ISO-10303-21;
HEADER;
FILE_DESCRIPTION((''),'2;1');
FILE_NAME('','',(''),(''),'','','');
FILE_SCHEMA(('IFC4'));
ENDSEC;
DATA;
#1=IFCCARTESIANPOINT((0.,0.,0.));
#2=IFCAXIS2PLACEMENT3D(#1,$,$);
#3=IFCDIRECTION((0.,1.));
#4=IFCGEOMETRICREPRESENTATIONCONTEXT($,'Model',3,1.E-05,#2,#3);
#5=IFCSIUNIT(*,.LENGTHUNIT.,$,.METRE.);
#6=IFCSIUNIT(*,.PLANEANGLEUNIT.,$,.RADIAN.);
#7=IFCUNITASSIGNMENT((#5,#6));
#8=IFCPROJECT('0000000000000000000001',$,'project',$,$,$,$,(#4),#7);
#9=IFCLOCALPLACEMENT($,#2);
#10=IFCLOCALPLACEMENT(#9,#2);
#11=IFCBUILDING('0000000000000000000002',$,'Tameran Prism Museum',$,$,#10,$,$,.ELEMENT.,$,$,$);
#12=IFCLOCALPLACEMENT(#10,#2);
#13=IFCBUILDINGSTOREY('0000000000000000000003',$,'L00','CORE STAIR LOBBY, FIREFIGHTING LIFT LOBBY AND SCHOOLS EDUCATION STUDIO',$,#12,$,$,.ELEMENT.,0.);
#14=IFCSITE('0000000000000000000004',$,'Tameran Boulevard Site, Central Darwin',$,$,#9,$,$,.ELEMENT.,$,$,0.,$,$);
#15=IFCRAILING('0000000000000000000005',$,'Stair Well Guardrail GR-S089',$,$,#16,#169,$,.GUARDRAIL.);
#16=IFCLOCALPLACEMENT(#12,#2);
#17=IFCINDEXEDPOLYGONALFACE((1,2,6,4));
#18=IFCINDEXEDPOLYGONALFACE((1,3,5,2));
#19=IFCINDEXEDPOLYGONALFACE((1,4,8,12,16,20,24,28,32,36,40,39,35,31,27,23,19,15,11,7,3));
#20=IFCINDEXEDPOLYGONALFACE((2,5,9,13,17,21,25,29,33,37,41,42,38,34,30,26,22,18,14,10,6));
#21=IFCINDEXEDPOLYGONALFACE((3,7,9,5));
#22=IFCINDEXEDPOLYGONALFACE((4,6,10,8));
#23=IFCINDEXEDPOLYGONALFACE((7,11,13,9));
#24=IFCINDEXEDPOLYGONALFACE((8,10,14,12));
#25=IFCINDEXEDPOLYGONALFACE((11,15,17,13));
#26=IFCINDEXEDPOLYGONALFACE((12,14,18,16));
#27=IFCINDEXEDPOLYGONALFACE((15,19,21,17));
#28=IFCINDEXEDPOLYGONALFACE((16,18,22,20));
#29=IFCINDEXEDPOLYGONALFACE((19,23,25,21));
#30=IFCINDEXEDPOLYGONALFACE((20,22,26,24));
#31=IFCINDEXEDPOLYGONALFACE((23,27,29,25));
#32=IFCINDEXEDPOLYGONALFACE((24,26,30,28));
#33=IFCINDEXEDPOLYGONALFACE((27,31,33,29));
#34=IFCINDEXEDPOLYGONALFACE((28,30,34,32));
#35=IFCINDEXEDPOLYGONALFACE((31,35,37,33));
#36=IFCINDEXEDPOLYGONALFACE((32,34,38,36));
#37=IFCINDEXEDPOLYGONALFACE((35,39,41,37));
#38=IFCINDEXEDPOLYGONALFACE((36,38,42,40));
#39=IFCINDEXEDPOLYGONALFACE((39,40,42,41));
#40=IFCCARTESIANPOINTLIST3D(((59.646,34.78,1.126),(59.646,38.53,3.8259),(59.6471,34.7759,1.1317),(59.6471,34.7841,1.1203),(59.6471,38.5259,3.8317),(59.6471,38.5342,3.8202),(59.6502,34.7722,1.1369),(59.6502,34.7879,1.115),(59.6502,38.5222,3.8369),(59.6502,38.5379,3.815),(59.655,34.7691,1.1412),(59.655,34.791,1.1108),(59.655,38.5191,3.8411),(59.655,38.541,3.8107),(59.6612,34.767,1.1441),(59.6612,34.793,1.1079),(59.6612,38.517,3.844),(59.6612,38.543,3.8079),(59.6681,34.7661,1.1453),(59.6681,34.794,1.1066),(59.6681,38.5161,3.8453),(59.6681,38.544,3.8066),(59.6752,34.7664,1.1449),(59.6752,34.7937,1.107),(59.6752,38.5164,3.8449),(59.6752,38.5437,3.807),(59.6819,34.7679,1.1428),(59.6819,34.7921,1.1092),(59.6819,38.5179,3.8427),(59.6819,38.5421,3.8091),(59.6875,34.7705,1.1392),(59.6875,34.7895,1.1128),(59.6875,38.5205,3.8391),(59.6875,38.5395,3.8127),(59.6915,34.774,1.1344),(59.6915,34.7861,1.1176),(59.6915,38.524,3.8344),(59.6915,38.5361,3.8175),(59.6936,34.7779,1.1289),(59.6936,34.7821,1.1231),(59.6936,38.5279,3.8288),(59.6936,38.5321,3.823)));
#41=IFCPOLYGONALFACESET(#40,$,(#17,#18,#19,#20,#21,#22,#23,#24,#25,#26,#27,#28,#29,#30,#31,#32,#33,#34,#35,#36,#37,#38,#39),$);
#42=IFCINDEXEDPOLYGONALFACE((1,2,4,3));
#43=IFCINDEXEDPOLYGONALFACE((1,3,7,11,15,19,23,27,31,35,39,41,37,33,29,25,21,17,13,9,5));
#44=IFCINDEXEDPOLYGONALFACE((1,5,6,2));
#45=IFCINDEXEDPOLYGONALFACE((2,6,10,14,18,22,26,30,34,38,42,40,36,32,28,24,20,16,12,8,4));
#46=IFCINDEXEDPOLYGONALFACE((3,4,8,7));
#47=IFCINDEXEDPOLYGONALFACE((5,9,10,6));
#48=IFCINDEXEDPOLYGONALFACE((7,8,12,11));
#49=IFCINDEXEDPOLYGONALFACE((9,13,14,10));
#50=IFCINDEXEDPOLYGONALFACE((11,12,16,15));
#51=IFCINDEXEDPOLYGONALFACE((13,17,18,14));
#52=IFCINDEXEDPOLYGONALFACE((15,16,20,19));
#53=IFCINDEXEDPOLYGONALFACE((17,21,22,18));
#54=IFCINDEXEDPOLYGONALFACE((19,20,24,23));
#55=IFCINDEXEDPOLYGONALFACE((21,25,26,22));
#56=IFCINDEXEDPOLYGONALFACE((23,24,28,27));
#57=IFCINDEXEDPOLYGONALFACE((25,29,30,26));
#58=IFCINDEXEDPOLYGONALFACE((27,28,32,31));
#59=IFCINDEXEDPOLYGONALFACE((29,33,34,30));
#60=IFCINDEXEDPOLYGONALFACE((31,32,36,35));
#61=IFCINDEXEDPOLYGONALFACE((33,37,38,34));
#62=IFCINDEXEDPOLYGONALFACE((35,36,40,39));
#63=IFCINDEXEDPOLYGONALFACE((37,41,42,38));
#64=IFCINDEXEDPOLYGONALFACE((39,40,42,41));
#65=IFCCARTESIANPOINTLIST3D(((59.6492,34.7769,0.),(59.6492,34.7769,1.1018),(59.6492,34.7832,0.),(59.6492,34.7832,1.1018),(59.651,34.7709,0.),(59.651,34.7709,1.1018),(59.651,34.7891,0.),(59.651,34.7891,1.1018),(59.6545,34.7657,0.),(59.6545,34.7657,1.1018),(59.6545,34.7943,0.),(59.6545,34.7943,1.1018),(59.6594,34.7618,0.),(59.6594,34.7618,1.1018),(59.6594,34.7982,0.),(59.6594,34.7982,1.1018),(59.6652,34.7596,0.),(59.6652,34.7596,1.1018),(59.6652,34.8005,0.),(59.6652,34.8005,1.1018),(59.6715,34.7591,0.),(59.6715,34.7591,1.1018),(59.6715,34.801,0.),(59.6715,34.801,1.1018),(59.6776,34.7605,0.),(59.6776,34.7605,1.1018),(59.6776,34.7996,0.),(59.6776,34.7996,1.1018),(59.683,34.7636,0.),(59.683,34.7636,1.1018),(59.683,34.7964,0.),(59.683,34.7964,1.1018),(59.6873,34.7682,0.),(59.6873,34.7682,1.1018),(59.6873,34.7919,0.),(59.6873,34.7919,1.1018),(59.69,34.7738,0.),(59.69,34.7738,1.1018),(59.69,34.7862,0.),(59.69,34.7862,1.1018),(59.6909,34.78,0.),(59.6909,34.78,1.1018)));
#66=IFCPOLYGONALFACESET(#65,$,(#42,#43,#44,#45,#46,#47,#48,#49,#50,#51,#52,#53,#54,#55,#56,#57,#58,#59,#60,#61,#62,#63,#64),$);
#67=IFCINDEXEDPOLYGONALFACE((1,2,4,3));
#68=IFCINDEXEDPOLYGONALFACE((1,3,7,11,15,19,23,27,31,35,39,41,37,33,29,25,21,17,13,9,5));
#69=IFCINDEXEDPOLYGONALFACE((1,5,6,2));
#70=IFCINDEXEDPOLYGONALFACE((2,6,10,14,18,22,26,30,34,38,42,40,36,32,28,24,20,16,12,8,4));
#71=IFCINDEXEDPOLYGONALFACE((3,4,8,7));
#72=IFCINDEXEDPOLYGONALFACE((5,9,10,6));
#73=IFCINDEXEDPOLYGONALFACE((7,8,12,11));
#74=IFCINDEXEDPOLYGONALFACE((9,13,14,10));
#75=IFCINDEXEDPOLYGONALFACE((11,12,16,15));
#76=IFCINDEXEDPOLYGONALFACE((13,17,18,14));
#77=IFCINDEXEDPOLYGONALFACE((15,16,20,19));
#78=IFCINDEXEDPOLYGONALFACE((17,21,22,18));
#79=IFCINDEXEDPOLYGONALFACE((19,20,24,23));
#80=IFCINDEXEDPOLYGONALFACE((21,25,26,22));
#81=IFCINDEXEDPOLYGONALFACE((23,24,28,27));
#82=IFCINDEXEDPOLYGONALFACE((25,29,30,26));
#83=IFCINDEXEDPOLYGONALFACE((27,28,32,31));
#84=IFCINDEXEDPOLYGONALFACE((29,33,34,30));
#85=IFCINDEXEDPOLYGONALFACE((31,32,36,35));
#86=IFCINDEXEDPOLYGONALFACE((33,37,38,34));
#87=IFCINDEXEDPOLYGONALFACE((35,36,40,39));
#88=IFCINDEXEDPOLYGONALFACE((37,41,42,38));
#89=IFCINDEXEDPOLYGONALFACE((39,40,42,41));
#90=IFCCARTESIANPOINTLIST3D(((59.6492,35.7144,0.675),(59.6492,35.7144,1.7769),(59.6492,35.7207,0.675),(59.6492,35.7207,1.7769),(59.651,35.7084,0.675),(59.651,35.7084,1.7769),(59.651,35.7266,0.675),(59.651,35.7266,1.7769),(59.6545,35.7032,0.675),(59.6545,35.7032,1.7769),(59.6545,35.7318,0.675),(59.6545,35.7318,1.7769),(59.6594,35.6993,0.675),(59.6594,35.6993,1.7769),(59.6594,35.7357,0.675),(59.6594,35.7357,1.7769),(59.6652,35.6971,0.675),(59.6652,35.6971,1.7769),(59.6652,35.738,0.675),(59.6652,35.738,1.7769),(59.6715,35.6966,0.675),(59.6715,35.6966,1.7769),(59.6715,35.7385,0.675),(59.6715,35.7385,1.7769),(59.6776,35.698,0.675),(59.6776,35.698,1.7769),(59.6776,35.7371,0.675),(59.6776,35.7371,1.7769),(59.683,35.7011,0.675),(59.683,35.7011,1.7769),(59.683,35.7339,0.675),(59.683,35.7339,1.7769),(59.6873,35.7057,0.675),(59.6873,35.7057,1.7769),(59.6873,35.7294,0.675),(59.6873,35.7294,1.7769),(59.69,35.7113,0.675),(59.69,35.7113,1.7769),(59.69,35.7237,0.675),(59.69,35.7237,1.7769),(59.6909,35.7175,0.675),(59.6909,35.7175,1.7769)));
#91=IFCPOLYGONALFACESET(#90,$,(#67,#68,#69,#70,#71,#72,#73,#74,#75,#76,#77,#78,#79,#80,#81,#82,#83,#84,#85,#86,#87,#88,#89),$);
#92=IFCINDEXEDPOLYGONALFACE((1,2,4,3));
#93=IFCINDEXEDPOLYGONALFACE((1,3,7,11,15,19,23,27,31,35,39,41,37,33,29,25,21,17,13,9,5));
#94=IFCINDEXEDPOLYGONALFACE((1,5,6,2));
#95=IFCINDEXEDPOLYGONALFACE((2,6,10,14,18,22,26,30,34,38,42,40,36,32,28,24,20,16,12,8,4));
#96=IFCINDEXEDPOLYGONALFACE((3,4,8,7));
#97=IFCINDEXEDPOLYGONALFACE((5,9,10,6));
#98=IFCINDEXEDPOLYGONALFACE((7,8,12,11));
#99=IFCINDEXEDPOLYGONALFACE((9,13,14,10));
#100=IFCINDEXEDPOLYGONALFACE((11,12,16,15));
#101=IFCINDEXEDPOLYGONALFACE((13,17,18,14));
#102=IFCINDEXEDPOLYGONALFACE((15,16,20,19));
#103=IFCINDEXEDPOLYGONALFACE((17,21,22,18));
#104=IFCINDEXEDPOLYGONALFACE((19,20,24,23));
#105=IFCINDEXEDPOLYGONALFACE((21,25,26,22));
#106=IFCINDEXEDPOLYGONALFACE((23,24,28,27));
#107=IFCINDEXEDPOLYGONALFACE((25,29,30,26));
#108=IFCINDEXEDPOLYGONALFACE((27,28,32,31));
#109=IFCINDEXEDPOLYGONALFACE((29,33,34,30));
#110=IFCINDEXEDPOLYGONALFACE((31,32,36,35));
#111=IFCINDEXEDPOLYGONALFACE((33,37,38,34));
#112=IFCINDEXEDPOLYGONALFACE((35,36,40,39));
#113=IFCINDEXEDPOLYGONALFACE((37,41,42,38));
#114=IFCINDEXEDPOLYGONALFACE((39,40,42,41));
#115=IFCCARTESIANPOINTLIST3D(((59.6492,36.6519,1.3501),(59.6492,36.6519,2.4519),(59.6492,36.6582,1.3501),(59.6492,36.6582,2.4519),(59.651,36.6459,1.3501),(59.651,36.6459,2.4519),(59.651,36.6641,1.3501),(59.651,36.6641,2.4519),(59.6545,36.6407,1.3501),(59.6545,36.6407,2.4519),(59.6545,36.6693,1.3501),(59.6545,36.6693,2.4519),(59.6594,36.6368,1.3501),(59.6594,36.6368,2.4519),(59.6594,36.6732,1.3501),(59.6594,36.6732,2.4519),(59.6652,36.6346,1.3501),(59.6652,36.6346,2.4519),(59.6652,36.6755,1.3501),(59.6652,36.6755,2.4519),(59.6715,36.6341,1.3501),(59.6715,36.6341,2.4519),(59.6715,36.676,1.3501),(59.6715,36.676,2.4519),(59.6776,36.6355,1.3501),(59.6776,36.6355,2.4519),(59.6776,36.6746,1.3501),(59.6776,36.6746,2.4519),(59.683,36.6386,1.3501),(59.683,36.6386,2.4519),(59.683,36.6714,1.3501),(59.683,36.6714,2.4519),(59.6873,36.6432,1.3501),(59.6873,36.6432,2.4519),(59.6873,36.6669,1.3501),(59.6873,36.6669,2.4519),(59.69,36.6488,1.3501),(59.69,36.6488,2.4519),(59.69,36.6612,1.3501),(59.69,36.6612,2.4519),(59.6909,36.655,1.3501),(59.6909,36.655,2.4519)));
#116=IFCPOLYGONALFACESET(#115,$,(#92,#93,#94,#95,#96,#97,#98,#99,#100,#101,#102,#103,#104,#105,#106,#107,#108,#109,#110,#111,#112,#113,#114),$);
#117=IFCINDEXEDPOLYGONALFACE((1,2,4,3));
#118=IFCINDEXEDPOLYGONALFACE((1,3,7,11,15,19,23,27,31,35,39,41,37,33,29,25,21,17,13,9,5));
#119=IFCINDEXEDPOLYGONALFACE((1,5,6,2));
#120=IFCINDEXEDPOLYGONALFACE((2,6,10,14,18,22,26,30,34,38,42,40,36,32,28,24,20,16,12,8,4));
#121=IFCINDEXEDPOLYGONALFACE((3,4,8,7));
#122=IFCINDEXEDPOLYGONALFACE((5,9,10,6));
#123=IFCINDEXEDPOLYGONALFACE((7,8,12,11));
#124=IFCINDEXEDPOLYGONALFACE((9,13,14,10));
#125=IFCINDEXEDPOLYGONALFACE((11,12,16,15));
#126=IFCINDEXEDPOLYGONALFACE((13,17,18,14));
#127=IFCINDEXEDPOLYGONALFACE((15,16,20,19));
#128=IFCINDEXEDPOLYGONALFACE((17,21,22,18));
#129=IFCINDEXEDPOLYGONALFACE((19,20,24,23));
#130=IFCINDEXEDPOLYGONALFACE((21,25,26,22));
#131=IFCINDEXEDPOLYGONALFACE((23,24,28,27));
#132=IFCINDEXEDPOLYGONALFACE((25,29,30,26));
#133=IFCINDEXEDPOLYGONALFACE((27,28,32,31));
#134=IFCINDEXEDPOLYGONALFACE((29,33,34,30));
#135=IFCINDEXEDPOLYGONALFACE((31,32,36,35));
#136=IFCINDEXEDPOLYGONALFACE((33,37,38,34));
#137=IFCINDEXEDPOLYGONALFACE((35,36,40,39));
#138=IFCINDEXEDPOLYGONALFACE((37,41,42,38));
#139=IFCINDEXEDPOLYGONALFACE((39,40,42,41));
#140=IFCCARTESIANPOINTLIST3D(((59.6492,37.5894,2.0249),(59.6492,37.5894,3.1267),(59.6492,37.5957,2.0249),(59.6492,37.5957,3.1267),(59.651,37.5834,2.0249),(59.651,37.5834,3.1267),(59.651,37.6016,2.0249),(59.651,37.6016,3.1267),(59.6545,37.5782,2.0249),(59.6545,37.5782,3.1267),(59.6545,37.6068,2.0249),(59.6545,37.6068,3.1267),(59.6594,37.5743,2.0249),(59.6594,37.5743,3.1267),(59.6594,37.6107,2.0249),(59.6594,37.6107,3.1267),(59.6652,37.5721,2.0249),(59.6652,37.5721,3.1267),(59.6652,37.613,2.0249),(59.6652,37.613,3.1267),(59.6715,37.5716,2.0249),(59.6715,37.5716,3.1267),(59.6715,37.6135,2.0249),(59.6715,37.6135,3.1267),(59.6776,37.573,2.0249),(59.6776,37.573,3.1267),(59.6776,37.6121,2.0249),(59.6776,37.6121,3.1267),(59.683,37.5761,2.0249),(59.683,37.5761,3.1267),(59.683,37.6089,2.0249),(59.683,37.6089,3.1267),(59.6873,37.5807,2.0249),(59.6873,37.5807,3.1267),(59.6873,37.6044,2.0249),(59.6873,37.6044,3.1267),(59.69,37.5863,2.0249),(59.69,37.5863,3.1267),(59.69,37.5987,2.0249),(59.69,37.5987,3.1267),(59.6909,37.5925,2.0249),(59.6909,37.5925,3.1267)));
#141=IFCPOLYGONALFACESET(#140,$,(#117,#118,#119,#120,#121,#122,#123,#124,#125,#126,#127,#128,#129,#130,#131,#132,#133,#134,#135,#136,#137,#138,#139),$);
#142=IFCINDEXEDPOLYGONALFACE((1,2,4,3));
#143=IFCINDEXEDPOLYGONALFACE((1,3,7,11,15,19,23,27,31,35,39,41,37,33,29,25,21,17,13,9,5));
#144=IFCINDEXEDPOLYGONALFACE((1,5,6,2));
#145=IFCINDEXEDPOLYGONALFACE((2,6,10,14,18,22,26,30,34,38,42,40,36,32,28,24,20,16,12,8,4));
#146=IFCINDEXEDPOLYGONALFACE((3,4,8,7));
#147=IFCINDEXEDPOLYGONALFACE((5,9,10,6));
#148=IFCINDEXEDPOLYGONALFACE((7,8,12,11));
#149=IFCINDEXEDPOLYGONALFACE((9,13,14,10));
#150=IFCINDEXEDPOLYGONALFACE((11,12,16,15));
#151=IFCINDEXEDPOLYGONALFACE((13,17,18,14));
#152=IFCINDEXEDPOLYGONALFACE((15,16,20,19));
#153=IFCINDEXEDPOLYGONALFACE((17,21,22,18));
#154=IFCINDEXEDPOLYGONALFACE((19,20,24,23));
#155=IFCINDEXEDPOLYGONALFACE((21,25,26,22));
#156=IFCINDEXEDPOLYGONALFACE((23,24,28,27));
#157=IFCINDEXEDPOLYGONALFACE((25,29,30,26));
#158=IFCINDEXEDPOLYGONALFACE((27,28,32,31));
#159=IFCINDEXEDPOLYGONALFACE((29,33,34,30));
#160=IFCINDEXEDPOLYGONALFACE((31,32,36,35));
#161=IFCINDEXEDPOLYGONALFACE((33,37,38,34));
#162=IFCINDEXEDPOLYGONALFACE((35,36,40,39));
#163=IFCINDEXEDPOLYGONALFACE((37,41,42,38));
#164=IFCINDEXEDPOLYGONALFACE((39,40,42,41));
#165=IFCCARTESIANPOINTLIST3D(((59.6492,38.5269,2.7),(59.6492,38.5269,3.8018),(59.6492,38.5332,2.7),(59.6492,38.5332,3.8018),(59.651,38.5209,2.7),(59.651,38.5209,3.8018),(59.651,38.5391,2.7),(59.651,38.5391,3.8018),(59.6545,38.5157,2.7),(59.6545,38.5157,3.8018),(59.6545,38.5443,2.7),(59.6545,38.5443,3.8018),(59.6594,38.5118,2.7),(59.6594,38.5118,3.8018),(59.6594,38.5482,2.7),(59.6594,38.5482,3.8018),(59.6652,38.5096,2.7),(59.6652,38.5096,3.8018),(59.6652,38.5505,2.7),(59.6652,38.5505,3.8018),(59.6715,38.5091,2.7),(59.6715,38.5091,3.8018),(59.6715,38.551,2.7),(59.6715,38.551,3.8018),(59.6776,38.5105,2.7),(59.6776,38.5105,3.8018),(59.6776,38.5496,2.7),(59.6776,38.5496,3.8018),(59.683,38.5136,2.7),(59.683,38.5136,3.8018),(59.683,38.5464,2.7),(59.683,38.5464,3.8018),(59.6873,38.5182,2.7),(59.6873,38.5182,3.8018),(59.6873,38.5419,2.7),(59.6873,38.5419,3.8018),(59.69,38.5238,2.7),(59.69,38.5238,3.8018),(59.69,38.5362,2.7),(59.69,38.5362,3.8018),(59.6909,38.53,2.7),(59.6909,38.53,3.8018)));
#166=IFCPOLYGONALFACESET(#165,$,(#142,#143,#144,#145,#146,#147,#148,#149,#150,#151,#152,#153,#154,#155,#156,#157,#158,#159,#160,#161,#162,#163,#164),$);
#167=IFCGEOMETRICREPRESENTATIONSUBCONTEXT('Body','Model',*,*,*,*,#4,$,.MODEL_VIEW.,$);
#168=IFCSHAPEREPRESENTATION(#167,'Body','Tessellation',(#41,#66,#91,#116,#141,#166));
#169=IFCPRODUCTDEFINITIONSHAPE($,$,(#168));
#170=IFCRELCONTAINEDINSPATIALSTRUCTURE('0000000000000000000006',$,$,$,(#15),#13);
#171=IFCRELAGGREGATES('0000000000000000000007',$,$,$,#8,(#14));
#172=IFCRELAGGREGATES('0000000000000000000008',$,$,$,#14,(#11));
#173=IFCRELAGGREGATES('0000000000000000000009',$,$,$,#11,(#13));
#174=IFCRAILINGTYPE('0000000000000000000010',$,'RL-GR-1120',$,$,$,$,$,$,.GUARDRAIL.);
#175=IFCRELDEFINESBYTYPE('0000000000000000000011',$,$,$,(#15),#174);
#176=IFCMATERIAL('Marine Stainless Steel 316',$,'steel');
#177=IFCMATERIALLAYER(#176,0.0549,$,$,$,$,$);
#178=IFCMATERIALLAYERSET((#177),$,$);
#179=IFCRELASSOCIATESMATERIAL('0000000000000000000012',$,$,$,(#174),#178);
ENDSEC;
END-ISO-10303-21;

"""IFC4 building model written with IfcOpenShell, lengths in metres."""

from ifc_helpers import new_model, si_unit, direction, frame, origin, origin_2d, place, context, subcontext, project, spatial, circle, extrude, material, layer, layer_set, type_object, element, save


model = new_model("IFC4")

# Units and contexts
model_context = context("Model", 3, precision=1e-05, world=origin(), true_north=direction((0.0, 1.0)))
body_context = subcontext(model_context, "Body", "Model", "MODEL_VIEW")
ifc_project = project(units=[si_unit("LENGTHUNIT", "METRE"), si_unit("PLANEANGLEUNIT", "RADIAN")], contexts=[model_context])

# Site, building, storey
site_placement = place(None, origin())
site = spatial("IfcSite", under=ifc_project, at=site_placement, Name="Tameran Boulevard Site, Central Darwin", CompositionType="ELEMENT", RefElevation=0.0)
building_placement = place(site_placement, origin())
building = spatial("IfcBuilding", under=site, at=building_placement, Name="Tameran Prism Museum", CompositionType="ELEMENT")
storey_placement = place(building_placement, origin())
storey = spatial("IfcBuildingStorey", under=building, at=storey_placement, Name="L00", Description="CORE STAIR LOBBY, FIREFIGHTING LIFT LOBBY AND SCHOOLS EDUCATION STUDIO", CompositionType="ELEMENT", Elevation=0.0)

# Railing
ifc_material_1 = material(Name="Marine Stainless Steel 316", Category="steel")
ifc_layer_1 = layer(ifc_material_1, 0.0549)
ifc_layer_set_1 = layer_set([ifc_layer_1])
railing_type_1 = type_object("IfcRailingType", Name="RL-GR-1120", PredefinedType="GUARDRAIL", material=ifc_layer_set_1)
railing_1_placement = place(storey_placement, frame((59.6699, 34.78, 0.0)))
element("IfcRailing", 1, at=railing_1_placement, inside=storey, type_object=railing_type_1, Name="Stair Well Guardrail GR-S089", PredefinedType="GUARDRAIL", context=body_context, shape_type="SweptSolid", body=[
    extrude(circle(Radius=0.0239, at=origin_2d()), frame((0.0, 0.0, 1.126), z_axis=(0.0, 0.811539, 0.584298), x_axis=(-1.0, 0.0, 0.0)), (0.0, 0.0, 1.0), 4.6208),
    extrude(circle(Radius=0.021, at=origin_2d()), origin(), (0.0, 0.0, 1.0), 1.1018),
    extrude(circle(Radius=0.021, at=origin_2d()), frame((0.0, 0.9375, 0.675)), (0.0, 0.0, 1.0), 1.1018),
    extrude(circle(Radius=0.021, at=origin_2d()), frame((0.0, 1.875, 1.3501)), (0.0, 0.0, 1.0), 1.1018),
    extrude(circle(Radius=0.021, at=origin_2d()), frame((0.0, 2.8125, 2.0249)), (0.0, 0.0, 1.0), 1.1018),
    extrude(circle(Radius=0.021, at=origin_2d()), frame((0.0, 3.75, 2.7)), (0.0, 0.0, 1.0), 1.1018),
])

save(model, "model.ifc")
